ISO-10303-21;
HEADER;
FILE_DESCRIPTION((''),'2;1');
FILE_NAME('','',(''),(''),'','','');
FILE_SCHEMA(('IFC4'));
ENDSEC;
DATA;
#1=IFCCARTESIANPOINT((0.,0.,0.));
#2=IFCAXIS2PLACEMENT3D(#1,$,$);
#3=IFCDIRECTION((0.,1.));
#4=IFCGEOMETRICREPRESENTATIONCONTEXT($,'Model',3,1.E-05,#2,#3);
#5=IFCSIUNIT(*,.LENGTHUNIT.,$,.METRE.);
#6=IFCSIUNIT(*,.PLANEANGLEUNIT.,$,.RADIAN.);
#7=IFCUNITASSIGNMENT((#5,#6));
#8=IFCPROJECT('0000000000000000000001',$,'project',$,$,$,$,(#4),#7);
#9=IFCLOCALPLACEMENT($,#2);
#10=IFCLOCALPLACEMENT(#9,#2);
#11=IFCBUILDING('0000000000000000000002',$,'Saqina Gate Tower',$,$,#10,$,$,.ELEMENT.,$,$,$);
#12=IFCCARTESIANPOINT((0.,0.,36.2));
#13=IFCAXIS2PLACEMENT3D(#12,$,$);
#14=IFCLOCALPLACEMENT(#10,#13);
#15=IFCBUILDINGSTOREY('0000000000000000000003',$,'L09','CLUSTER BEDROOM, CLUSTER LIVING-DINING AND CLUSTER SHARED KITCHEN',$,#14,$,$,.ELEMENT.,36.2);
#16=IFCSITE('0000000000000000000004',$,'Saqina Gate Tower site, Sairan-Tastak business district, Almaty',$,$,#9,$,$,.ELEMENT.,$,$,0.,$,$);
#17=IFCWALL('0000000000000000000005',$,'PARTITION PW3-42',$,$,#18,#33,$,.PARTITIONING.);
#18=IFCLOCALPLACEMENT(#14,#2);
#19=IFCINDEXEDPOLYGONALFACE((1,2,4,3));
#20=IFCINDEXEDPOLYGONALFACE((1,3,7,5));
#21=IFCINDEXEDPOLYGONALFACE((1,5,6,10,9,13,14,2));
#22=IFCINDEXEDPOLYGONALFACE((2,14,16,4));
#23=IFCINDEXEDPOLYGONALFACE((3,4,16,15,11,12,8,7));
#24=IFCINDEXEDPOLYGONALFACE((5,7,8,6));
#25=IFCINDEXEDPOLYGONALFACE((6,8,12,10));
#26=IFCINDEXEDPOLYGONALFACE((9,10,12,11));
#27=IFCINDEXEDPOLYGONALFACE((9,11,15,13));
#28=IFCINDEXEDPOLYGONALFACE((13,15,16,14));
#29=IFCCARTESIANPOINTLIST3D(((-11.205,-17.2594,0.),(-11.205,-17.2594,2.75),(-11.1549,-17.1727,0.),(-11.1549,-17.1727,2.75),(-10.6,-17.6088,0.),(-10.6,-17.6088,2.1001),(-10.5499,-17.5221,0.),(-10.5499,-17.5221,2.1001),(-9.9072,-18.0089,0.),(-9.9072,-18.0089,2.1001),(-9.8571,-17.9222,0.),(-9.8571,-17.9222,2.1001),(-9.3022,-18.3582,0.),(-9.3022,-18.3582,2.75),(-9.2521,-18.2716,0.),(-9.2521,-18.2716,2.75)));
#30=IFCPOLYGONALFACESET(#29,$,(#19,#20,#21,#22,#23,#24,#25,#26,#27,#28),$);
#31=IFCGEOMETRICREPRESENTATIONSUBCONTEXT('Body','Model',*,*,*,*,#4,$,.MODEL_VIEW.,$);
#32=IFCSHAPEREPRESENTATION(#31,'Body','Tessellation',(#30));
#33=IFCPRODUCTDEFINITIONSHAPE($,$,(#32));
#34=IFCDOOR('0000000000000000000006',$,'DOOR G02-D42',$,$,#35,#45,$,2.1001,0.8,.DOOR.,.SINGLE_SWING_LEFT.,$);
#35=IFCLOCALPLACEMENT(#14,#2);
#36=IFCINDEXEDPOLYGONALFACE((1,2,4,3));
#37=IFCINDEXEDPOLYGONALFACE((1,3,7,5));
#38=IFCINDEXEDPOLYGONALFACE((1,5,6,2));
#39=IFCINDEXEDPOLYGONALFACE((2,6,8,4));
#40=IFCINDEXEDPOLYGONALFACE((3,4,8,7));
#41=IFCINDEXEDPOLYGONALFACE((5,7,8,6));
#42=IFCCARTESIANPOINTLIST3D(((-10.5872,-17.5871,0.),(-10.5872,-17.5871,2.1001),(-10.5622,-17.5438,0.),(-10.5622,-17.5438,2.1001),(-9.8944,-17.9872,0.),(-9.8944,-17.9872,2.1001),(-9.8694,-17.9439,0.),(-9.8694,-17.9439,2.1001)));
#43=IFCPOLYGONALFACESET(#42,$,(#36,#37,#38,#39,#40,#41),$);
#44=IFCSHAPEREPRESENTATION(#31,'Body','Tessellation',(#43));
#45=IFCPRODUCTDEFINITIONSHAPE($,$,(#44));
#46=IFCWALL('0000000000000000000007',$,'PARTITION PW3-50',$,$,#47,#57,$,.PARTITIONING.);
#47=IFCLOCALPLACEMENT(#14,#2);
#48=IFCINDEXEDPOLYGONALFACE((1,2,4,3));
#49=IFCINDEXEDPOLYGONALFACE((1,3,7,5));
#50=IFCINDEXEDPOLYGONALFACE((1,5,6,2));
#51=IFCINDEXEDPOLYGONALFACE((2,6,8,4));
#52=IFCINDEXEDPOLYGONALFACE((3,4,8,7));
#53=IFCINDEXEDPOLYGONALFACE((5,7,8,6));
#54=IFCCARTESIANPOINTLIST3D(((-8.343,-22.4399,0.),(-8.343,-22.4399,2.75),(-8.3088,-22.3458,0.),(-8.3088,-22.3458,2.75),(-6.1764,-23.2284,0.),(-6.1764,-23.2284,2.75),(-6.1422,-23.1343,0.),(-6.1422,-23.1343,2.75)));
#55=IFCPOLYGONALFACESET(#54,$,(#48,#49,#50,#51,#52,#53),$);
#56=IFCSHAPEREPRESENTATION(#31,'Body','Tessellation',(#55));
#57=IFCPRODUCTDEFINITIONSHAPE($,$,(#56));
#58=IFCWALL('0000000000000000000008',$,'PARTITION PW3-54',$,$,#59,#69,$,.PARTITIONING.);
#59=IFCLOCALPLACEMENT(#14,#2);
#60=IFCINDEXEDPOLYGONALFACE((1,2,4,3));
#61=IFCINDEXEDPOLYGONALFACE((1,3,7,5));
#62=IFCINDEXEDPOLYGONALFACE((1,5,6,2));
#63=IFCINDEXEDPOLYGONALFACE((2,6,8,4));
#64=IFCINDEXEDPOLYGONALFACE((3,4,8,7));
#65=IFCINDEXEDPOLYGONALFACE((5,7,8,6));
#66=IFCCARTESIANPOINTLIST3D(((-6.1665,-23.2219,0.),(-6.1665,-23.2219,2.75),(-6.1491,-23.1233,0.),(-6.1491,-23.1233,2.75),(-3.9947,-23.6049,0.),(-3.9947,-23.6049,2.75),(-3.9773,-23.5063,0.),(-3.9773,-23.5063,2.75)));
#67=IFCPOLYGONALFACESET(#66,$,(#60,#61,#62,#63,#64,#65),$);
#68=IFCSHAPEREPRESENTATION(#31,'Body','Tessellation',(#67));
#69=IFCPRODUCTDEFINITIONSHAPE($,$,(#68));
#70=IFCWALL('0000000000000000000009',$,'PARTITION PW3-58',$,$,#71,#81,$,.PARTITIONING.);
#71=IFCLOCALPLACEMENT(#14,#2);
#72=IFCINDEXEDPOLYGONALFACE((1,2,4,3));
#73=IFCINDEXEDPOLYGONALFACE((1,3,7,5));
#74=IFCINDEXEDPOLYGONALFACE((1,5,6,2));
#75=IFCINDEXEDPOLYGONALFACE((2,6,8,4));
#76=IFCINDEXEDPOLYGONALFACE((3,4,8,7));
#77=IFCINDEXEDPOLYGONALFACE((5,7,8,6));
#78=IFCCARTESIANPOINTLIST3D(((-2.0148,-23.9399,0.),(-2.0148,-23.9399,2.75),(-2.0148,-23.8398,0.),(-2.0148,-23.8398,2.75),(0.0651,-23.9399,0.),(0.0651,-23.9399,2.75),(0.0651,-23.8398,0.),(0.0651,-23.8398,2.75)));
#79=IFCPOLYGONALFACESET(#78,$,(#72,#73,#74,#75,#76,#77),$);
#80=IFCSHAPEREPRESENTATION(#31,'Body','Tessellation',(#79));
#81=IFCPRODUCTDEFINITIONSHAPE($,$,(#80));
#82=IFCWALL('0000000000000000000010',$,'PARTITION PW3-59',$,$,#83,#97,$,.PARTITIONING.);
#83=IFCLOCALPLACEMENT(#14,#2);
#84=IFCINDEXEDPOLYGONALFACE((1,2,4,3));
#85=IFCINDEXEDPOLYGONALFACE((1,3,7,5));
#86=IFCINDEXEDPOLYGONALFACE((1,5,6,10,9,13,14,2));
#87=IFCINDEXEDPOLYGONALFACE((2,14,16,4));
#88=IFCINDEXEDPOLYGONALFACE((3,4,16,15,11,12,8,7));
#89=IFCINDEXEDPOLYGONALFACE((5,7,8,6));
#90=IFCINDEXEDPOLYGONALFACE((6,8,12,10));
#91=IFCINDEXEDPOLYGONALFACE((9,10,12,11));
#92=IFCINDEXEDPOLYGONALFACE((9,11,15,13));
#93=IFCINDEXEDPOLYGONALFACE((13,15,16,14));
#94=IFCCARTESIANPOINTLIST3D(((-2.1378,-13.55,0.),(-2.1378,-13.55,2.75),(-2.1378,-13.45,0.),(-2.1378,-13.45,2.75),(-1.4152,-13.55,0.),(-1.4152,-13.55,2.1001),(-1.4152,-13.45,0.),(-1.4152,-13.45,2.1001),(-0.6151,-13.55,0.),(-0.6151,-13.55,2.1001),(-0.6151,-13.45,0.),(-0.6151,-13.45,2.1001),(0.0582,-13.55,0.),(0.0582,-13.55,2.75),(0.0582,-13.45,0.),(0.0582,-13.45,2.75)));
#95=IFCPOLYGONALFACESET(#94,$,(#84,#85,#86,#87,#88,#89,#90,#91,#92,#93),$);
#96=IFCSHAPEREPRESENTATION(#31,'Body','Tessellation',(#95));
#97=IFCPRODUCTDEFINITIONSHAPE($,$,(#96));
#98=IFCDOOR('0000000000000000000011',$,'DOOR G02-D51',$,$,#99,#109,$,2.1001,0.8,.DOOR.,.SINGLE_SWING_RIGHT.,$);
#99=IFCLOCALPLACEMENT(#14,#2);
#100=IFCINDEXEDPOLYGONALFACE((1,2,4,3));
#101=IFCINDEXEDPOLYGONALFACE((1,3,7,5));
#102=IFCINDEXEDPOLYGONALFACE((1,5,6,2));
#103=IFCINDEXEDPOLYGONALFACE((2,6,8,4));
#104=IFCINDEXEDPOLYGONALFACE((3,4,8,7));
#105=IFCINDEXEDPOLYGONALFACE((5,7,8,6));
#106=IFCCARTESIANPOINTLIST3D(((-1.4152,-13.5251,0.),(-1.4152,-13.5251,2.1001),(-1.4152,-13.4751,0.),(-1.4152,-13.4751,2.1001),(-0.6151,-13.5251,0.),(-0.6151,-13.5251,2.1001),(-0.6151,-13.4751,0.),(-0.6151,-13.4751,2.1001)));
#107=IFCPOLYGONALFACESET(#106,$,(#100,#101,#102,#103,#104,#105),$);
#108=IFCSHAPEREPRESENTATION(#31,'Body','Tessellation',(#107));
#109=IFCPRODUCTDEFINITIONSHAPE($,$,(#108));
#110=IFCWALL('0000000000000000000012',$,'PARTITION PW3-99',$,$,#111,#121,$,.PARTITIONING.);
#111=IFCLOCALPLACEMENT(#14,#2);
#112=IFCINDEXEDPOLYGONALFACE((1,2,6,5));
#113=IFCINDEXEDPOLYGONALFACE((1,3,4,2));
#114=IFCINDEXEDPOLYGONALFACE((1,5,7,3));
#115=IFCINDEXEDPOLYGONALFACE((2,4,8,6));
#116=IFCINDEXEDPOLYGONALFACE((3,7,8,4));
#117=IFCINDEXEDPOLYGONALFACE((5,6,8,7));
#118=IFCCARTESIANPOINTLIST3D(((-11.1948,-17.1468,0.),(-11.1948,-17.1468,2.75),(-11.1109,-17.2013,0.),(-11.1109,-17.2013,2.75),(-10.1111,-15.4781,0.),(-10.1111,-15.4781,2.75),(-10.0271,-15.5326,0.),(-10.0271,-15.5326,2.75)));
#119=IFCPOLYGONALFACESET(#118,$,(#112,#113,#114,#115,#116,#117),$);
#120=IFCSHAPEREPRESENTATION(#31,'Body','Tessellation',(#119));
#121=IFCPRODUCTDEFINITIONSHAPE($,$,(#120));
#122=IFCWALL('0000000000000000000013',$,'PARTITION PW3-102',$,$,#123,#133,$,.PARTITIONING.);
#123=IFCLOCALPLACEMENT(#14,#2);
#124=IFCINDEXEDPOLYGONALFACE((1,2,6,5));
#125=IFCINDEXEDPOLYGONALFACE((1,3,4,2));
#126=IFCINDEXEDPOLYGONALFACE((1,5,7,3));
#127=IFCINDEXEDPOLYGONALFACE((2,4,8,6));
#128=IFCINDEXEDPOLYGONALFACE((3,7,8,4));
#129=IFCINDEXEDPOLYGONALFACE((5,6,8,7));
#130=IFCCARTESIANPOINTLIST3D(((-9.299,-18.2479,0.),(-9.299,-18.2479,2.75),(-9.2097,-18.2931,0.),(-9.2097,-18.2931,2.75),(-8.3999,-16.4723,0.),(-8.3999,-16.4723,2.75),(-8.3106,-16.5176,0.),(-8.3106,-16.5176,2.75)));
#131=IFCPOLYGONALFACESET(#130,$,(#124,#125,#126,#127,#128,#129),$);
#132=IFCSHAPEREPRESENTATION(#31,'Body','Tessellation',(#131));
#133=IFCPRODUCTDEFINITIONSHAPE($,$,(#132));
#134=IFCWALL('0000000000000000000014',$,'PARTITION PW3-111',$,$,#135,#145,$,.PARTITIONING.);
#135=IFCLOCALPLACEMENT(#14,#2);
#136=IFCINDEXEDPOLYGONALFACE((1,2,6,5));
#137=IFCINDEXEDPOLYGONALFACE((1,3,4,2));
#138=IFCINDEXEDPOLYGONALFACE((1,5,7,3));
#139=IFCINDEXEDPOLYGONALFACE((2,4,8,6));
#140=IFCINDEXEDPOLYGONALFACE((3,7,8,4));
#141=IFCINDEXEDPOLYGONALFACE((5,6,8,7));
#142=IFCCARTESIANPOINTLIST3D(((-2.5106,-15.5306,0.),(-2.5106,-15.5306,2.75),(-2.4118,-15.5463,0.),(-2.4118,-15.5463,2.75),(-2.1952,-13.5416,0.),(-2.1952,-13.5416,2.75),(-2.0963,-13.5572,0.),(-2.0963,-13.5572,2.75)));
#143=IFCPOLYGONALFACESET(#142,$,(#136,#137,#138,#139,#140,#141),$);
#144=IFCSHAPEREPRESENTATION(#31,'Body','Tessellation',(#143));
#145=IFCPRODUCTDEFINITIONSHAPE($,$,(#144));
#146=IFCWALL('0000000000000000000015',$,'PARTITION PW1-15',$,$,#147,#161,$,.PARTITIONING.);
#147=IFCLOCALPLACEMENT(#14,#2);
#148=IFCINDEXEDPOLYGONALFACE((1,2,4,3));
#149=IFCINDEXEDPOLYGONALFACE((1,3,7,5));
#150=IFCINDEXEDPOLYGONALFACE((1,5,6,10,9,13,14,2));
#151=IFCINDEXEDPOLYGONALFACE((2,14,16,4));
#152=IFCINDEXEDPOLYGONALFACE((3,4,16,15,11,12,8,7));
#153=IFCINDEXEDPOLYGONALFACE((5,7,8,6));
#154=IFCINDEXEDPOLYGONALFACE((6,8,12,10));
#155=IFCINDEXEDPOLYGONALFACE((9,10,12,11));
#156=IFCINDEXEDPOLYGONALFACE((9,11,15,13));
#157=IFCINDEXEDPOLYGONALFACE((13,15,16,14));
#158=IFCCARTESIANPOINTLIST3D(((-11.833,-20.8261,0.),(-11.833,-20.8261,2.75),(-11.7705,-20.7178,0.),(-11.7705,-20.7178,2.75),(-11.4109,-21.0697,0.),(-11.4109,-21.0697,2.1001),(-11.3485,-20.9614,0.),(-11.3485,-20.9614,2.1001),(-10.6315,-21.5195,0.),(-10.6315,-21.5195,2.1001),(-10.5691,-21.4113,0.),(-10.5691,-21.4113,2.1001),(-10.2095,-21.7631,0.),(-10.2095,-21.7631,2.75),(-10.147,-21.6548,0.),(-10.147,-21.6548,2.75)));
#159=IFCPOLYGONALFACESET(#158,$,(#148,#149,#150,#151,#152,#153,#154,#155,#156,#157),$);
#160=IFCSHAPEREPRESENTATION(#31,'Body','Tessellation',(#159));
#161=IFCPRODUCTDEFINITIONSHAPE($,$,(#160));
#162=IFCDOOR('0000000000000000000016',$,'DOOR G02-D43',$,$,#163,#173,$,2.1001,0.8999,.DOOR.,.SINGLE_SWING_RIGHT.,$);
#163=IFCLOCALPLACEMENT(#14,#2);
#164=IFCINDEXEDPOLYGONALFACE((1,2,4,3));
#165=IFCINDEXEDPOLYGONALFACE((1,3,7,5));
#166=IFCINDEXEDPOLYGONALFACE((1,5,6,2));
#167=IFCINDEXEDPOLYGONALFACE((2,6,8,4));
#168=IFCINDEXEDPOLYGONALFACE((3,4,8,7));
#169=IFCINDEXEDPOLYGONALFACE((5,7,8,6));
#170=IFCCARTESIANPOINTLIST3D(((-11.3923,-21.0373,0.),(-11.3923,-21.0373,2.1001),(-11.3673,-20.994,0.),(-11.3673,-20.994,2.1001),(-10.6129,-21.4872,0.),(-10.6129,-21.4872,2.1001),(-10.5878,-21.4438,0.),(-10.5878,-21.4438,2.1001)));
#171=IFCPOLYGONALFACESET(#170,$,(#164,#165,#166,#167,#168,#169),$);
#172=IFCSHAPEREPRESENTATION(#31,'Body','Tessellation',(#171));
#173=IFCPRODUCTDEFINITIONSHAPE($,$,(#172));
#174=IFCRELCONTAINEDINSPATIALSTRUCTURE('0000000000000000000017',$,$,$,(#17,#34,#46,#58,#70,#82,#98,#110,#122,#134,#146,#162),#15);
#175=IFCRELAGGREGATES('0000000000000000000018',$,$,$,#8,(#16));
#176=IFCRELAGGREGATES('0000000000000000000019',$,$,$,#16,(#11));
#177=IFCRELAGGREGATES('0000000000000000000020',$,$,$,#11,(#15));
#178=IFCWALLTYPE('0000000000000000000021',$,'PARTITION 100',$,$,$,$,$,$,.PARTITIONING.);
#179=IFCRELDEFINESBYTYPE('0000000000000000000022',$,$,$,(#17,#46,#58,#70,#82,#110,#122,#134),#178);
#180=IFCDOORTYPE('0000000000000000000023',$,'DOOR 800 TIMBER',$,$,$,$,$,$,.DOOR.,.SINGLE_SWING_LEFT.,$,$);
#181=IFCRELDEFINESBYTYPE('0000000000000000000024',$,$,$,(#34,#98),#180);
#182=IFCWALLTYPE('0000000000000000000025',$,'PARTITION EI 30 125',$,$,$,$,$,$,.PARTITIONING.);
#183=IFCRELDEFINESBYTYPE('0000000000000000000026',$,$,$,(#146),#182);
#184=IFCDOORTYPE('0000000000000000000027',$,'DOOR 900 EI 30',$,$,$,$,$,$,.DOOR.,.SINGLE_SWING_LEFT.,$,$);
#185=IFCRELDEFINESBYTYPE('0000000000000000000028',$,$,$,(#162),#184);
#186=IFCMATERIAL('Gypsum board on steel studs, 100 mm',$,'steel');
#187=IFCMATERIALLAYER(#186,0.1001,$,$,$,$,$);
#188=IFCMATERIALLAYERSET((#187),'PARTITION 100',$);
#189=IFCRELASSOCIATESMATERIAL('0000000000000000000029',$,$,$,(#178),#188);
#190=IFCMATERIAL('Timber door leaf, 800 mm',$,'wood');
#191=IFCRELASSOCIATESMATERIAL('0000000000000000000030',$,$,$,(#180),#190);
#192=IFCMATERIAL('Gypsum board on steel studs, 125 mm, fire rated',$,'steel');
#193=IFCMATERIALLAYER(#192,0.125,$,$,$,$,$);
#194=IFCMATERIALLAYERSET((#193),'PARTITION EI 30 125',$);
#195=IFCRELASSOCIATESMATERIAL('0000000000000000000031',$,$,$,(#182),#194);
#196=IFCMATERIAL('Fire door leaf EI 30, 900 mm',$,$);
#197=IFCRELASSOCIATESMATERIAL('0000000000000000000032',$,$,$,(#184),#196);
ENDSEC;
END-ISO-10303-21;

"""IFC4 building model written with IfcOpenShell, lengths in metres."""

from ifc_helpers import new_model, si_unit, direction, frame, frame_2d, origin, place, context, subcontext, project, spatial, rectangle, extrude, material, layer, layer_set, type_object, element, fill, save


model = new_model("IFC4")

# Units and contexts
model_context = context("Model", 3, precision=1e-05, world=origin(), true_north=direction((0.0, 1.0)))
body_context = subcontext(model_context, "Body", "Model", "MODEL_VIEW")
ifc_project = project(units=[si_unit("LENGTHUNIT", "METRE"), si_unit("PLANEANGLEUNIT", "RADIAN")], contexts=[model_context])

# Site, building, storey
site_placement = place(None, origin())
site = spatial("IfcSite", under=ifc_project, at=site_placement, Name="Saqina Gate Tower site, Sairan-Tastak business district, Almaty", CompositionType="ELEMENT", RefElevation=0.0)
building_placement = place(site_placement, origin())
building = spatial("IfcBuilding", under=site, at=building_placement, Name="Saqina Gate Tower", CompositionType="ELEMENT")
storey_placement = place(building_placement, frame((0.0, 0.0, 36.2)))
storey = spatial("IfcBuildingStorey", under=building, at=storey_placement, Name="L09", Description="CLUSTER BEDROOM, CLUSTER LIVING-DINING AND CLUSTER SHARED KITCHEN", CompositionType="ELEMENT", Elevation=36.2)

# Wall, opening, door
ifc_material_1 = material(Name="Gypsum board on steel studs, 100 mm", Category="steel")
ifc_layer_1 = layer(ifc_material_1, 0.1001)
ifc_layer_set_1 = layer_set([ifc_layer_1], Name="PARTITION 100")
wall_type_1 = type_object("IfcWallType", Name="PARTITION 100", PredefinedType="PARTITIONING", material=ifc_layer_set_1)
wall_1_placement = place(storey_placement, frame((-11.1799, -17.2161, 0.0), z_axis=(0.0, 0.0, 1.0), x_axis=(0.865971, -0.500094, 0.0)))
wall_1 = element("IfcWall", 1, at=wall_1_placement, inside=storey, type_object=wall_type_1, Name="PARTITION PW3-42", PredefinedType="PARTITIONING", context=body_context, shape_type="SweptSolid", body=[
    extrude(rectangle(XDim=2.1973, YDim=0.1001, at=frame_2d((1.0986, 0.0))), origin(), (0.0, 0.0, 1.0), 2.75),
])
opening_1_placement = place(wall_1_placement, frame((0.6987, 0.0, 0.0)))
opening_1 = element("IfcOpeningElement", 2, at=opening_1_placement, cuts=wall_1, PredefinedType="OPENING", context=body_context, shape_type="SweptSolid", body=[
    extrude(rectangle(XDim=0.8, YDim=2.1001, at=frame_2d((0.3999, 1.05))), frame((0.0, 0.062, 0.0), z_axis=(0.0, -1.0, 0.0), x_axis=(1.0, 0.0, 0.0)), (0.0, 0.0, 1.0), 0.124),
])
ifc_material_2 = material(Name="Timber door leaf, 800 mm", Category="wood")
door_type_1 = type_object("IfcDoorType", Name="DOOR 800 TIMBER", OperationType="SINGLE_SWING_LEFT", PredefinedType="DOOR", material=ifc_material_2)
door_1_placement = place(opening_1_placement, frame((0.8, 0.0, 0.0), z_axis=(0.0, 0.0, 1.0), x_axis=(-1.0, 0.0, 0.0)))
door_1 = element("IfcDoor", 3, at=door_1_placement, inside=storey, type_object=door_type_1, Name="DOOR G02-D42", OperationType="SINGLE_SWING_LEFT", OverallHeight=2.1001, OverallWidth=0.8, PredefinedType="DOOR", context=body_context, shape_type="SweptSolid", body=[
    extrude(rectangle(XDim=0.8, YDim=2.1001, at=frame_2d((0.3999, 1.05))), frame((0.0, 0.0249, 0.0), z_axis=(0.0, -1.0, 0.0), x_axis=(1.0, 0.0, 0.0)), (0.0, 0.0, 1.0), 0.05),
])
fill(opening_1, door_1)

# Walls
wall_2_placement = place(storey_placement, frame((-8.3259, -22.3928, 0.0), z_axis=(0.0, 0.0, 1.0), x_axis=(0.939701, -0.341998, 0.0)))
element("IfcWall", 4, at=wall_2_placement, inside=storey, type_object=wall_type_1, Name="PARTITION PW3-50", PredefinedType="PARTITIONING", context=body_context, shape_type="SweptSolid", body=[
    extrude(rectangle(XDim=2.3057, YDim=0.1001, at=frame_2d((1.1528, 0.0))), origin(), (0.0, 0.0, 1.0), 2.75),
])
wall_3_placement = place(storey_placement, frame((-6.1577, -23.1726, 0.0), z_axis=(0.0, 0.0, 1.0), x_axis=(0.9848, -0.173691, 0.0)))
element("IfcWall", 5, at=wall_3_placement, inside=storey, type_object=wall_type_1, Name="PARTITION PW3-54", PredefinedType="PARTITIONING", context=body_context, shape_type="SweptSolid", body=[
    extrude(rectangle(XDim=2.2053, YDim=0.1001, at=frame_2d((1.1025, 0.0))), origin(), (0.0, 0.0, 1.0), 2.75),
])
wall_4_placement = place(storey_placement, frame((-2.0149, -23.8899, 0.0), z_axis=(0.0, 0.0, 1.0), x_axis=(1.0, 0.0, 0.0)))
element("IfcWall", 6, at=wall_4_placement, inside=storey, type_object=wall_type_1, Name="PARTITION PW3-58", PredefinedType="PARTITIONING", context=body_context, shape_type="SweptSolid", body=[
    extrude(rectangle(XDim=2.0798, YDim=0.1001, at=frame_2d((1.04, 0.0))), origin(), (0.0, 0.0, 1.0), 2.75),
])

# Wall, opening, door
wall_5_placement = place(storey_placement, frame((-2.1379, -13.5, 0.0), z_axis=(0.0, 0.0, 1.0), x_axis=(1.0, 0.0, 0.0)))
wall_5 = element("IfcWall", 7, at=wall_5_placement, inside=storey, type_object=wall_type_1, Name="PARTITION PW3-59", PredefinedType="PARTITIONING", context=body_context, shape_type="SweptSolid", body=[
    extrude(rectangle(XDim=2.196, YDim=0.1001, at=frame_2d((1.0981, 0.0))), origin(), (0.0, 0.0, 1.0), 2.75),
])
opening_2_placement = place(wall_5_placement, frame((0.7229, 0.0, 0.0)))
opening_2 = element("IfcOpeningElement", 8, at=opening_2_placement, cuts=wall_5, PredefinedType="OPENING", context=body_context, shape_type="SweptSolid", body=[
    extrude(rectangle(XDim=0.8, YDim=2.1001, at=frame_2d((0.3999, 1.05))), frame((0.0, 0.062, 0.0), z_axis=(0.0, -1.0, 0.0), x_axis=(1.0, 0.0, 0.0)), (0.0, 0.0, 1.0), 0.124),
])
door_2_placement = place(opening_2_placement, origin())
door_2 = element("IfcDoor", 9, at=door_2_placement, inside=storey, type_object=door_type_1, Name="DOOR G02-D51", OperationType="SINGLE_SWING_RIGHT", OverallHeight=2.1001, OverallWidth=0.8, PredefinedType="DOOR", context=body_context, shape_type="SweptSolid", body=[
    extrude(rectangle(XDim=0.8, YDim=2.1001, at=frame_2d((0.3999, 1.05))), frame((0.0, 0.0249, 0.0), z_axis=(0.0, -1.0, 0.0), x_axis=(1.0, 0.0, 0.0)), (0.0, 0.0, 1.0), 0.05),
])
fill(opening_2, door_2)

# Walls
wall_6_placement = place(storey_placement, frame((-11.1528, -17.1741, 0.0), z_axis=(0.0, 0.0, 1.0), x_axis=(0.544665, 0.838654, 0.0)))
element("IfcWall", 10, at=wall_6_placement, inside=storey, type_object=wall_type_1, Name="PARTITION PW3-99", PredefinedType="PARTITIONING", context=body_context, shape_type="SweptSolid", body=[
    extrude(rectangle(XDim=1.9897, YDim=0.1001, at=frame_2d((0.9949, 0.0))), origin(), (0.0, 0.0, 1.0), 2.75),
])
wall_7_placement = place(storey_placement, frame((-9.2544, -18.2705, 0.0), z_axis=(0.0, 0.0, 1.0), x_axis=(0.451771, 0.892134, 0.0)))
element("IfcWall", 11, at=wall_7_placement, inside=storey, type_object=wall_type_1, Name="PARTITION PW3-102", PredefinedType="PARTITIONING", context=body_context, shape_type="SweptSolid", body=[
    extrude(rectangle(XDim=1.9902, YDim=0.1001, at=frame_2d((0.9951, 0.0))), origin(), (0.0, 0.0, 1.0), 2.75),
])
wall_8_placement = place(storey_placement, frame((-2.4612, -15.5383, 0.0), z_axis=(0.0, 0.0, 1.0), x_axis=(0.156629, 0.987658, 0.0)))
element("IfcWall", 12, at=wall_8_placement, inside=storey, type_object=wall_type_1, Name="PARTITION PW3-111", PredefinedType="PARTITIONING", context=body_context, shape_type="SweptSolid", body=[
    extrude(rectangle(XDim=2.0139, YDim=0.1001, at=frame_2d((1.0068, 0.0))), origin(), (0.0, 0.0, 1.0), 2.75),
])

# Wall, opening, door
ifc_material_3 = material(Name="Gypsum board on steel studs, 125 mm, fire rated", Category="steel")
ifc_layer_2 = layer(ifc_material_3, 0.125)
ifc_layer_set_2 = layer_set([ifc_layer_2], Name="PARTITION EI 30 125")
wall_type_2 = type_object("IfcWallType", Name="PARTITION EI 30 125", PredefinedType="PARTITIONING", material=ifc_layer_set_2)
wall_9_placement = place(storey_placement, frame((-11.8018, -20.772, 0.0), z_axis=(0.0, 0.0, 1.0), x_axis=(0.866103, -0.499865, 0.0)))
wall_9 = element("IfcWall", 13, at=wall_9_placement, inside=storey, type_object=wall_type_2, Name="PARTITION PW1-15", PredefinedType="PARTITIONING", context=body_context, shape_type="SweptSolid", body=[
    extrude(rectangle(XDim=1.8745, YDim=0.125, at=frame_2d((0.9373, 0.0))), origin(), (0.0, 0.0, 1.0), 2.75),
])
opening_3_placement = place(wall_9_placement, frame((0.4873, 0.0, 0.0)))
opening_3 = element("IfcOpeningElement", 14, at=opening_3_placement, cuts=wall_9, PredefinedType="OPENING", context=body_context, shape_type="SweptSolid", body=[
    extrude(rectangle(XDim=0.8999, YDim=2.1001, at=frame_2d((0.45, 1.05))), frame((0.0, 0.0745, 0.0), z_axis=(0.0, -1.0, 0.0), x_axis=(1.0, 0.0, 0.0)), (0.0, 0.0, 1.0), 0.1489),
])
ifc_material_4 = material(Name="Fire door leaf EI 30, 900 mm")
door_type_2 = type_object("IfcDoorType", Name="DOOR 900 EI 30", OperationType="SINGLE_SWING_LEFT", PredefinedType="DOOR", material=ifc_material_4)
door_3_placement = place(opening_3_placement, origin())
door_3 = element("IfcDoor", 15, at=door_3_placement, inside=storey, type_object=door_type_2, Name="DOOR G02-D43", OperationType="SINGLE_SWING_RIGHT", OverallHeight=2.1001, OverallWidth=0.8999, PredefinedType="DOOR", context=body_context, shape_type="SweptSolid", body=[
    extrude(rectangle(XDim=0.8999, YDim=2.1001, at=frame_2d((0.45, 1.05))), frame((0.0, 0.0249, 0.0), z_axis=(0.0, -1.0, 0.0), x_axis=(1.0, 0.0, 0.0)), (0.0, 0.0, 1.0), 0.05),
])
fill(opening_3, door_3)

save(model, "model.ifc")
